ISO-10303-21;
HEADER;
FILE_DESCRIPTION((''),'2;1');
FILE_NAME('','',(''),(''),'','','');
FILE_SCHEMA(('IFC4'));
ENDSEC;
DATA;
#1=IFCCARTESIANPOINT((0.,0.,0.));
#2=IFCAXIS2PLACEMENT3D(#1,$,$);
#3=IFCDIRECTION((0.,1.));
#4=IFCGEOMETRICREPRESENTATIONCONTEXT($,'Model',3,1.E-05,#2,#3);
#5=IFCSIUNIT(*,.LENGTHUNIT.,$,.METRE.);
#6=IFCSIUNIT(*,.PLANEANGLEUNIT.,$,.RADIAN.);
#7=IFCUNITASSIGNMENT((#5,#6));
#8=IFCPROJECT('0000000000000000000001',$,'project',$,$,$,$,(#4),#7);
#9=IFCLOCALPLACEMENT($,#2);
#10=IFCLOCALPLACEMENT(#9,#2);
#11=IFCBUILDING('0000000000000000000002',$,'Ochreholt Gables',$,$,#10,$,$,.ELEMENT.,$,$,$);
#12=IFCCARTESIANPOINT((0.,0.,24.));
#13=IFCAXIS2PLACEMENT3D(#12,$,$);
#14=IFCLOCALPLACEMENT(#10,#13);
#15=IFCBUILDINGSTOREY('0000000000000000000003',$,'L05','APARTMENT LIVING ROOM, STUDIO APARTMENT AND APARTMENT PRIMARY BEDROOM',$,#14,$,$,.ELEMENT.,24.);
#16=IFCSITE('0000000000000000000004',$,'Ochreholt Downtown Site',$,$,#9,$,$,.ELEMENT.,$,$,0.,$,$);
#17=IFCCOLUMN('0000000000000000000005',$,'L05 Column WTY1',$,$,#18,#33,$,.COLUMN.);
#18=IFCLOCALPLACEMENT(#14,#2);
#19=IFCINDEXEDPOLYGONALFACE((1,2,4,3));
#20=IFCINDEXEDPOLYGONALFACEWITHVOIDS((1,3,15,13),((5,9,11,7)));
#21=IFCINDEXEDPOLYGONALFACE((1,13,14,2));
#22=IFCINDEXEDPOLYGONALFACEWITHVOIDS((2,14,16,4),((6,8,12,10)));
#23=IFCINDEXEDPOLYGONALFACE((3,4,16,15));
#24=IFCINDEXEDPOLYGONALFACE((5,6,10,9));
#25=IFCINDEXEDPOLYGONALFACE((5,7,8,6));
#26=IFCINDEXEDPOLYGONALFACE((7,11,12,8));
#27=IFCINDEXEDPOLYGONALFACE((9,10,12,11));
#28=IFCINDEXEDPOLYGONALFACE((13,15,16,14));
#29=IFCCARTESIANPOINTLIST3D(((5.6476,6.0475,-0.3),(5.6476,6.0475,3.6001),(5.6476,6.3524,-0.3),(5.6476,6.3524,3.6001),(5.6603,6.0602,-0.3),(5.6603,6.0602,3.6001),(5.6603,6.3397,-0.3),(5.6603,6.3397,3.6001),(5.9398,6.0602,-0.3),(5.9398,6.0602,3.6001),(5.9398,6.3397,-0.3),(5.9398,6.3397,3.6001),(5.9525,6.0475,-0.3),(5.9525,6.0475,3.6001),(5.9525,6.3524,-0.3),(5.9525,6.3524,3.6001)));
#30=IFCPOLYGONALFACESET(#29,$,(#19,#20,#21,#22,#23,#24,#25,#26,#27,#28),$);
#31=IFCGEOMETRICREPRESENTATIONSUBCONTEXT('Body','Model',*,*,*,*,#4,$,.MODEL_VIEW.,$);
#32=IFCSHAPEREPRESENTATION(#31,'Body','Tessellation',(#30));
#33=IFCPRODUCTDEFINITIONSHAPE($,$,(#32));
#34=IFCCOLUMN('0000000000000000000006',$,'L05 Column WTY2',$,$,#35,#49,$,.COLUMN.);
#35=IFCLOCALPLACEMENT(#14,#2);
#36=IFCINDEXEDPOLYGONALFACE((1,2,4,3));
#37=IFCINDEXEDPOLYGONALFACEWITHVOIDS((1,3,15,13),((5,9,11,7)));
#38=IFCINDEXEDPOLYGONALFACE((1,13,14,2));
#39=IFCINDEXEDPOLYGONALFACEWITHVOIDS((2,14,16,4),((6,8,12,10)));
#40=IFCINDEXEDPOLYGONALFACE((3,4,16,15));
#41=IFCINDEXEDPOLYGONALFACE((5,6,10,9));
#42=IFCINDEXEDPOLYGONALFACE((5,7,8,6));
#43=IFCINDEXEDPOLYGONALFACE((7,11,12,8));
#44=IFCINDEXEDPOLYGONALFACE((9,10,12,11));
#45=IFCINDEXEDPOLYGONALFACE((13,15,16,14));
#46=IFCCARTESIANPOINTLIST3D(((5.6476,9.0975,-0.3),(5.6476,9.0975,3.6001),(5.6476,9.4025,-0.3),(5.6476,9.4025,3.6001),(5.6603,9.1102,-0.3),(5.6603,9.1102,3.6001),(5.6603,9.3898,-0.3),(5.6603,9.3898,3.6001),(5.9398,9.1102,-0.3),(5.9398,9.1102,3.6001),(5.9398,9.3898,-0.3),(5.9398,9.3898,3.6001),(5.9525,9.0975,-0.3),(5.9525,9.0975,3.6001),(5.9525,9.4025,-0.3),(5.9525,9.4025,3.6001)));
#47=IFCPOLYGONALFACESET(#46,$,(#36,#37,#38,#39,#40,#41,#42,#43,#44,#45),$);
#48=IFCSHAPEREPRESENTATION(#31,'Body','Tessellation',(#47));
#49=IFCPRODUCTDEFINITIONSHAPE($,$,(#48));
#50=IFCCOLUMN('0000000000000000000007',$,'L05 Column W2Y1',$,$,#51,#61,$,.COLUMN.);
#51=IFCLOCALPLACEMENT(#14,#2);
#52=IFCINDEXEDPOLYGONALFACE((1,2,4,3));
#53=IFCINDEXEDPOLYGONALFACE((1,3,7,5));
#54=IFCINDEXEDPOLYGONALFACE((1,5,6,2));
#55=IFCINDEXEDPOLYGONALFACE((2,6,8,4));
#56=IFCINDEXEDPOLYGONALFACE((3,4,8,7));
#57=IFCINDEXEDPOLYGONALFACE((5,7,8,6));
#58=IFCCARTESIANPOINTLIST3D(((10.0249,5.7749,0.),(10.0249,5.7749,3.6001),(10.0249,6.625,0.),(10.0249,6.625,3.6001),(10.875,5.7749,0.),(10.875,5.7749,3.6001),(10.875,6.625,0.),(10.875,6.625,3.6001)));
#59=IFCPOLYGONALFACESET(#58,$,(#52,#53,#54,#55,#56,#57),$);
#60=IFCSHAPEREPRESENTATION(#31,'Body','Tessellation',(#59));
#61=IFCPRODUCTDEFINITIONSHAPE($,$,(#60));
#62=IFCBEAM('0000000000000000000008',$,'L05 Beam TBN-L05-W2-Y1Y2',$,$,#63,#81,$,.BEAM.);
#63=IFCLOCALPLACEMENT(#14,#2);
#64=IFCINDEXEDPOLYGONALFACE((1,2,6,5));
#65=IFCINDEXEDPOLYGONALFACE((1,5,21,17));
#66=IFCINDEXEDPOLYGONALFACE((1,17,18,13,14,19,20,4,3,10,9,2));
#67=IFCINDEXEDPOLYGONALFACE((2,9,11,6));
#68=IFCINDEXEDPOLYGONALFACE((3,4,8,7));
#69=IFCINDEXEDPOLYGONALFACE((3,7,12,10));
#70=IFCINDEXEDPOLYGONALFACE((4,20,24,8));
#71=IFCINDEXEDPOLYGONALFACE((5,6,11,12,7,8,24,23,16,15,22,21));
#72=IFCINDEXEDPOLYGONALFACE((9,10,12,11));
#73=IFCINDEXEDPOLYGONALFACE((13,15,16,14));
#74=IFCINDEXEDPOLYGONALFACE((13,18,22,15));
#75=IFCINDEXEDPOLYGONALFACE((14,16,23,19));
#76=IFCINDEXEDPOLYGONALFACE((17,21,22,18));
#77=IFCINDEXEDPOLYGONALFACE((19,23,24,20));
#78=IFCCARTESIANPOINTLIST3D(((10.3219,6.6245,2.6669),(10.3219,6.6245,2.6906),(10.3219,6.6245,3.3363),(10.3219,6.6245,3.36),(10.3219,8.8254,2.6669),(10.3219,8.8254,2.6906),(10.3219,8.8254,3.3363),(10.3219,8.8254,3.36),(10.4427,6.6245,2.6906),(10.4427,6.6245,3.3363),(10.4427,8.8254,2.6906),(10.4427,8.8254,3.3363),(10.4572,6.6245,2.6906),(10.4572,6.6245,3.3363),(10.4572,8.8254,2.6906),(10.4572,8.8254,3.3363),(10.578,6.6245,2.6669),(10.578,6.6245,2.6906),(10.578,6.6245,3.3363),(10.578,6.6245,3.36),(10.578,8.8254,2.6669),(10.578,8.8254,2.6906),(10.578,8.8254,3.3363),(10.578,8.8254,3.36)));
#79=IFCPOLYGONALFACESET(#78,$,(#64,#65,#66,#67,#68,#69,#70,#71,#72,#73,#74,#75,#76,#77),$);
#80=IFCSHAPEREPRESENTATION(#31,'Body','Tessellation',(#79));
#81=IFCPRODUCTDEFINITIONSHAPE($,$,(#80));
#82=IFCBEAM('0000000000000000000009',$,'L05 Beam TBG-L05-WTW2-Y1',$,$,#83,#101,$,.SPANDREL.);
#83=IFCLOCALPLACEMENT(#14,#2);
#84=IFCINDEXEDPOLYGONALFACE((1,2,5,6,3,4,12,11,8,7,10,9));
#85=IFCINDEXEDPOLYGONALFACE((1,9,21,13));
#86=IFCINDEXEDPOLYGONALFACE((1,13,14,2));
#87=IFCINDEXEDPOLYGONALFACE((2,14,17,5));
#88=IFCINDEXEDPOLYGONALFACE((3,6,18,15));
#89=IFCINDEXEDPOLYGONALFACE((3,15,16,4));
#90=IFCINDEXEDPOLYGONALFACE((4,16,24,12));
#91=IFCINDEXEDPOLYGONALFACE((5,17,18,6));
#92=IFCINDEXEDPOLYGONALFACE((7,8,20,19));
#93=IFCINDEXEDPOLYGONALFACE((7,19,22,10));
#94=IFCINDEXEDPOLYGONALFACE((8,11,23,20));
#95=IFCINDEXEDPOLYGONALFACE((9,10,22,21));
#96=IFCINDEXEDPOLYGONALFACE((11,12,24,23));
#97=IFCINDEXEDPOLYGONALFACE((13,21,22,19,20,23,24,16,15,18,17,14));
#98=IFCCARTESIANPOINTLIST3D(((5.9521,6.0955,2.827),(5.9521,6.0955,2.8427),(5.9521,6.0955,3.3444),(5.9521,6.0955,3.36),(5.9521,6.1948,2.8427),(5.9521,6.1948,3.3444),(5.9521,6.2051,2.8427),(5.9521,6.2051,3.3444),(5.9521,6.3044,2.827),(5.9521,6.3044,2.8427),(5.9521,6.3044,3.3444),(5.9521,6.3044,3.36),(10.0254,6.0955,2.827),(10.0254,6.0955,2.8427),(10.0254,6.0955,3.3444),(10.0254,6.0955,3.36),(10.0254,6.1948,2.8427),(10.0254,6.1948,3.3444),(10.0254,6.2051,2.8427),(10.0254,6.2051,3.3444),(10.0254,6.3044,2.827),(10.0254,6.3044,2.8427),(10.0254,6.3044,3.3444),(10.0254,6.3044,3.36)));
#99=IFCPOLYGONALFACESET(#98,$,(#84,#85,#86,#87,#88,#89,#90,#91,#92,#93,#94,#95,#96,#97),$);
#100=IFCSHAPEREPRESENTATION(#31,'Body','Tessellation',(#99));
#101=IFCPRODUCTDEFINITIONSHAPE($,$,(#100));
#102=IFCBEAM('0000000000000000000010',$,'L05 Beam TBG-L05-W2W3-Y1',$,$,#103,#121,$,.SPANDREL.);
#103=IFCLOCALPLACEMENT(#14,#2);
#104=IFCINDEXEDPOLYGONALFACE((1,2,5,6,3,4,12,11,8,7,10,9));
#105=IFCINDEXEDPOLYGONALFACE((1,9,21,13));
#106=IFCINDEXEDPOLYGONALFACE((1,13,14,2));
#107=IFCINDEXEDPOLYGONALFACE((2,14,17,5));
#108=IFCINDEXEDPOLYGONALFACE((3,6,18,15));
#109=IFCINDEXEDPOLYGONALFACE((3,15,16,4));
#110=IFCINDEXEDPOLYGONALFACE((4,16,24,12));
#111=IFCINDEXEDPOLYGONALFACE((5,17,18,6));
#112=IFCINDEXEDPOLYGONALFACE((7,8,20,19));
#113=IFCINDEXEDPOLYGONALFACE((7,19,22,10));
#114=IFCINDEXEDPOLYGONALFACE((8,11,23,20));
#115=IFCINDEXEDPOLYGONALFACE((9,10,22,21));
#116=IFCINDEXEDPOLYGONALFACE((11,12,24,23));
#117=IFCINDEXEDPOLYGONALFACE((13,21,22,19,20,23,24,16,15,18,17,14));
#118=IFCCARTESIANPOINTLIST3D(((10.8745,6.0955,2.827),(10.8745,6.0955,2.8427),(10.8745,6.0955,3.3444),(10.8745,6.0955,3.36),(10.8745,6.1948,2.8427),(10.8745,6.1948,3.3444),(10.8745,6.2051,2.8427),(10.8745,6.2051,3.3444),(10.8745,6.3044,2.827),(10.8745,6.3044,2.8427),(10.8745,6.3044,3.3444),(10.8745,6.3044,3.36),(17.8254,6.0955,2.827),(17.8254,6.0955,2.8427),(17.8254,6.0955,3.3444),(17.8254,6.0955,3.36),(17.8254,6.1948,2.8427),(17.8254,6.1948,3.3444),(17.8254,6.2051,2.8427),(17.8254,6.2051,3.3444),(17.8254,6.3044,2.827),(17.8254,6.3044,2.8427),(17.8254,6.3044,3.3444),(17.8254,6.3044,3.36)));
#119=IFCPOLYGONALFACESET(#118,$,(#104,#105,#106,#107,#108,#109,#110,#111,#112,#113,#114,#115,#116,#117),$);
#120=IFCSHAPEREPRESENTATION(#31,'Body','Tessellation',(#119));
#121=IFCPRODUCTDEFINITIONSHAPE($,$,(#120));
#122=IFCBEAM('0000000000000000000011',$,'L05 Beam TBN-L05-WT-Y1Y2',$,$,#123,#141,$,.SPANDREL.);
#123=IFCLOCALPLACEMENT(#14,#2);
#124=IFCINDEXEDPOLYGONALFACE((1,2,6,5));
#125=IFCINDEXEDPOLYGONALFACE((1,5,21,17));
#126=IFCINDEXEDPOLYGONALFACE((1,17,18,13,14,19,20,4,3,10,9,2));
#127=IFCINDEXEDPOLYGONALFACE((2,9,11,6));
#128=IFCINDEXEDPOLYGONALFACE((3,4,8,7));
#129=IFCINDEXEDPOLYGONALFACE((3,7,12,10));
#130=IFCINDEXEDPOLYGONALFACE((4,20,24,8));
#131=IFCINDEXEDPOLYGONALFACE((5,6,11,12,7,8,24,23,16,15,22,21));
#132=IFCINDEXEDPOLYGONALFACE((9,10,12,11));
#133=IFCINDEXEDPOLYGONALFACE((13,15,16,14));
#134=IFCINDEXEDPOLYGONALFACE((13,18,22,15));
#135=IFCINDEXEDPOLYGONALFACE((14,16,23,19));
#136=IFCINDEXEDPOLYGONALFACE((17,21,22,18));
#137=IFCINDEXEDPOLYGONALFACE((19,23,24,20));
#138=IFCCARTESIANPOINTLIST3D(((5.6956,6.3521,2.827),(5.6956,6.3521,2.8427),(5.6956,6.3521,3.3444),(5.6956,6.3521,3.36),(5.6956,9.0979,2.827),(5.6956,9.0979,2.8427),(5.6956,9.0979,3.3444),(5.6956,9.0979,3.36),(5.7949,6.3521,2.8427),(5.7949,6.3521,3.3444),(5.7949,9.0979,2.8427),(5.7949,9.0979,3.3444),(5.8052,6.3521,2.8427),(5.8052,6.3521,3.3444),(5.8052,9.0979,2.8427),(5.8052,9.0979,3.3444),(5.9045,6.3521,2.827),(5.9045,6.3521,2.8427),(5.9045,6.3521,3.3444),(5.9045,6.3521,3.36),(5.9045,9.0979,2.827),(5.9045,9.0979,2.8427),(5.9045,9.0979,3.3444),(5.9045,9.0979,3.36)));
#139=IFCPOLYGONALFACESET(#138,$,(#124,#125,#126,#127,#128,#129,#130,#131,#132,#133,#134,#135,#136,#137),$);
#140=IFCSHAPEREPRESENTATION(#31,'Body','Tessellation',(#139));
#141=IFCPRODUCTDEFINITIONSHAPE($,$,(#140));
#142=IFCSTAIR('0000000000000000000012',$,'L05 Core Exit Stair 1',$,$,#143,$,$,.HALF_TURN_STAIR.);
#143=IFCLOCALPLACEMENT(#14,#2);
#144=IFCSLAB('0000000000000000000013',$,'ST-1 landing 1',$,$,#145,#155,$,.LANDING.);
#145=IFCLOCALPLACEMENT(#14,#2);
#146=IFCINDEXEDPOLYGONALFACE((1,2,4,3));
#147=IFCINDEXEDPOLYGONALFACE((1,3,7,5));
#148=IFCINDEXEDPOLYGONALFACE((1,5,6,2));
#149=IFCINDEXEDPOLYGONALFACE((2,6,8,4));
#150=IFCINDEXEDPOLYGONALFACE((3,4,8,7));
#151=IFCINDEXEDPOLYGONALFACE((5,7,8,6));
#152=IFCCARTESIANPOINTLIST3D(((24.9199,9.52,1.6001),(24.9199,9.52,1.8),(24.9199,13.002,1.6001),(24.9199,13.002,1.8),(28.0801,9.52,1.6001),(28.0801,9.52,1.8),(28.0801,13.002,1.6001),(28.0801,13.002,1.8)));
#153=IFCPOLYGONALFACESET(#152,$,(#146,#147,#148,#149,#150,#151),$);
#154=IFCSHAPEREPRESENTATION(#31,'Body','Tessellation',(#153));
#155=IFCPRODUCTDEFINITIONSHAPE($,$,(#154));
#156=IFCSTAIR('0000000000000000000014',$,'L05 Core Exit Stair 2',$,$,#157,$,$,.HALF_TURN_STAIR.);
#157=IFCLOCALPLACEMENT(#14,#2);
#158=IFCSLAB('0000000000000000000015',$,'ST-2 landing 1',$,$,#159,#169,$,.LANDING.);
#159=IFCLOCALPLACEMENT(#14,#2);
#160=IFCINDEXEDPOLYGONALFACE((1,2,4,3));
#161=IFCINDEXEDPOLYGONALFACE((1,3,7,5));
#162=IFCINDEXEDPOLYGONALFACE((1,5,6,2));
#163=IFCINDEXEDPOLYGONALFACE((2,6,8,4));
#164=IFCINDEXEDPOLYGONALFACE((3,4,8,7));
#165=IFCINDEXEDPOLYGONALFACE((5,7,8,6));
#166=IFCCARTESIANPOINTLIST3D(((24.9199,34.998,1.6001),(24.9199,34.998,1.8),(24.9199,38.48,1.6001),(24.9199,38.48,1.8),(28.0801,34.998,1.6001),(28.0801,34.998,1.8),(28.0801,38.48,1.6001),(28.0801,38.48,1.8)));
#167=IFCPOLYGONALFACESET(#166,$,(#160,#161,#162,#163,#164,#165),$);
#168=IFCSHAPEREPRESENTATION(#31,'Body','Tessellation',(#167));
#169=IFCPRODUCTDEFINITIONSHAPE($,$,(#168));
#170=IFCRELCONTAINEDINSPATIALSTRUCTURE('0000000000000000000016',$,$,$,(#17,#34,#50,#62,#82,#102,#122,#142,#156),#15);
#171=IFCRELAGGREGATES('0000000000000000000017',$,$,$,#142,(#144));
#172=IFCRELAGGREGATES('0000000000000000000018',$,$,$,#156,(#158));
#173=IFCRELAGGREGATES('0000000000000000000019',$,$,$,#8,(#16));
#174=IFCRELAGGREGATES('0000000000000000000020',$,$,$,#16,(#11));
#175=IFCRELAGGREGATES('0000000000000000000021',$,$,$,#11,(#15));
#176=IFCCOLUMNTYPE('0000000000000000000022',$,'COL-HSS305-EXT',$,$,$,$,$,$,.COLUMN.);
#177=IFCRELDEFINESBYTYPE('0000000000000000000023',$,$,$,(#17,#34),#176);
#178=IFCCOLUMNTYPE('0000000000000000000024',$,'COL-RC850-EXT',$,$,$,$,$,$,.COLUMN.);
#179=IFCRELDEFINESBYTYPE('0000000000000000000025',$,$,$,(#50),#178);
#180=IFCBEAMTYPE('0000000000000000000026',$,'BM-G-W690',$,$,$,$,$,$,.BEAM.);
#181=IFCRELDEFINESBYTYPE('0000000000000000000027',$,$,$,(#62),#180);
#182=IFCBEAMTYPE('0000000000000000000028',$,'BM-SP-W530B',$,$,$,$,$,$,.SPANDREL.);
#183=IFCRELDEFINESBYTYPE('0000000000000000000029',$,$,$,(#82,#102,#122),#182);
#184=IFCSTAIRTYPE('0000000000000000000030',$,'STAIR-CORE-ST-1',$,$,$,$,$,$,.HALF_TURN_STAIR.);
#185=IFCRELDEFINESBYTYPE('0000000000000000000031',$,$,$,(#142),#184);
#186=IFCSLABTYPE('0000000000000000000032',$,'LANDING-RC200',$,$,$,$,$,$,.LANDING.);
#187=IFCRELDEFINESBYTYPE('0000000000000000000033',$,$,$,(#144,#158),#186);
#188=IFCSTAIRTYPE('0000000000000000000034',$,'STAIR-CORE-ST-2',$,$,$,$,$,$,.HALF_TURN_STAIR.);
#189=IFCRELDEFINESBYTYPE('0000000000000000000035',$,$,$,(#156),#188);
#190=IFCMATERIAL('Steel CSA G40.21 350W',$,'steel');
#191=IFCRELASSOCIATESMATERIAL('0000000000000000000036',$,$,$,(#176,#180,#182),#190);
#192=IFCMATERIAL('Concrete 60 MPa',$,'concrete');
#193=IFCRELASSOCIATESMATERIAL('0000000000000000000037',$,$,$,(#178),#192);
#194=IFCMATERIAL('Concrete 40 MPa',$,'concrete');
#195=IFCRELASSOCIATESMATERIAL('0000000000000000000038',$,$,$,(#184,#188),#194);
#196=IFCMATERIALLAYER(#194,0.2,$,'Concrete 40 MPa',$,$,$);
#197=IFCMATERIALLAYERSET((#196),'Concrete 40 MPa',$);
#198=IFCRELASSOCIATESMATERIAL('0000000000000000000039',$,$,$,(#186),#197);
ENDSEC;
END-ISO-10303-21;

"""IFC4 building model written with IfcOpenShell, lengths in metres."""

from ifc_helpers import new_model, si_unit, direction, frame, origin, origin_2d, place, context, subcontext, project, spatial, polyline, rectangle, hollow_rectangle, i_section, outline, extrude, material, layer, layer_set, material_profile, profile_set, type_object, element, aggregate, save


model = new_model("IFC4")

# Units and contexts
model_context = context("Model", 3, precision=1e-05, world=origin(), true_north=direction((0.0, 1.0)))
body_context = subcontext(model_context, "Body", "Model", "MODEL_VIEW")
ifc_project = project(units=[si_unit("LENGTHUNIT", "METRE"), si_unit("PLANEANGLEUNIT", "RADIAN")], contexts=[model_context])

# Site, building, storey
site_placement = place(None, origin())
site = spatial("IfcSite", under=ifc_project, at=site_placement, Name="Ochreholt Downtown Site", CompositionType="ELEMENT", RefElevation=0.0)
building_placement = place(site_placement, origin())
building = spatial("IfcBuilding", under=site, at=building_placement, Name="Ochreholt Gables", CompositionType="ELEMENT")
storey_placement = place(building_placement, frame((0.0, 0.0, 24.0)))
storey = spatial("IfcBuildingStorey", under=building, at=storey_placement, Name="L05", Description="APARTMENT LIVING ROOM, STUDIO APARTMENT AND APARTMENT PRIMARY BEDROOM", CompositionType="ELEMENT", Elevation=24.0)

# Columns
ifc_material_1 = material(Name="Steel CSA G40.21 350W", Category="steel")
ifc_material_profile_1 = material_profile(ifc_material_1, hollow_rectangle(XDim=0.3049, YDim=0.3049, WallThickness=0.0127, at=origin_2d()), Name="HSS305X305X13")
ifc_profile_set_1 = profile_set([ifc_material_profile_1], Name="Steel CSA G40.21 350W")
column_type_1 = type_object("IfcColumnType", Name="COL-HSS305-EXT", PredefinedType="COLUMN", material=ifc_profile_set_1)
for number, where, z_axis, x_axis, name in (
    (1, (5.8, 6.2, -0.3), (0.0, 0.0, 1.0), (1.0, 0.0, 0.0), "L05 Column WTY1"),
    (2, (5.8, 9.25, -0.3), (0.0, 0.0, 1.0), (1.0, 0.0, 0.0), "L05 Column WTY2"),
):
    element("IfcColumn", number, at=place(storey_placement, frame(where, z_axis=z_axis, x_axis=x_axis)), inside=storey, type_object=column_type_1, Name=name, PredefinedType="COLUMN", context=body_context, shape_type="SweptSolid", body=[
        extrude(hollow_rectangle(XDim=0.3049, YDim=0.3049, WallThickness=0.0127, at=origin_2d()), origin(), (0.0, 0.0, 1.0), 3.9001),
    ])
ifc_material_2 = material(Name="Concrete 60 MPa", Category="concrete")
ifc_material_profile_2 = material_profile(ifc_material_2, rectangle(XDim=0.8501, YDim=0.8501, at=origin_2d()), Name="RC850X850")
ifc_profile_set_2 = profile_set([ifc_material_profile_2], Name="Concrete 60 MPa")
column_type_2 = type_object("IfcColumnType", Name="COL-RC850-EXT", PredefinedType="COLUMN", material=ifc_profile_set_2)
column_placement = place(storey_placement, frame((10.45, 6.2, 0.0), z_axis=(0.0, 0.0, 1.0), x_axis=(1.0, 0.0, 0.0)))
element("IfcColumn", 3, at=column_placement, inside=storey, type_object=column_type_2, Name="L05 Column W2Y1", PredefinedType="COLUMN", context=body_context, shape_type="SweptSolid", body=[
    extrude(rectangle(XDim=0.8501, YDim=0.8501, at=origin_2d()), origin(), (0.0, 0.0, 1.0), 3.6001),
])

# Beams
ifc_material_profile_3 = material_profile(ifc_material_1, i_section(OverallWidth=0.2561, OverallDepth=0.6931, WebThickness=0.0144, FlangeThickness=0.0237, at=origin_2d()), Name="W690X170")
ifc_profile_set_3 = profile_set([ifc_material_profile_3], Name="Steel CSA G40.21 350W")
beam_type_1 = type_object("IfcBeamType", Name="BM-G-W690", PredefinedType="BEAM", material=ifc_profile_set_3)
beam_1_placement = place(storey_placement, frame((10.45, 6.6245, 3.0134), z_axis=(0.0, 1.0, 0.0), x_axis=(-1.0, 0.0, 0.0)))
element("IfcBeam", 4, at=beam_1_placement, inside=storey, type_object=beam_type_1, Name="L05 Beam TBN-L05-W2-Y1Y2", PredefinedType="BEAM", context=body_context, shape_type="SweptSolid", body=[
    extrude(i_section(OverallWidth=0.2561, OverallDepth=0.6931, WebThickness=0.0144, FlangeThickness=0.0237, at=origin_2d()), origin(), (0.0, 0.0, 1.0), 2.2009),
])
ifc_material_profile_4 = material_profile(ifc_material_1, i_section(OverallWidth=0.209, OverallDepth=0.533, WebThickness=0.0103, FlangeThickness=0.0156, at=origin_2d()), Name="W530X92")
ifc_profile_set_4 = profile_set([ifc_material_profile_4], Name="Steel CSA G40.21 350W")
beam_type_2 = type_object("IfcBeamType", Name="BM-SP-W530B", PredefinedType="SPANDREL", material=ifc_profile_set_4)
beam_2_placement = place(storey_placement, frame((5.9521, 6.2, 3.0935), z_axis=(1.0, 0.0, 0.0), x_axis=(0.0, 1.0, 0.0)))
element("IfcBeam", 5, at=beam_2_placement, inside=storey, type_object=beam_type_2, Name="L05 Beam TBG-L05-WTW2-Y1", PredefinedType="SPANDREL", context=body_context, shape_type="SweptSolid", body=[
    extrude(i_section(OverallWidth=0.209, OverallDepth=0.533, WebThickness=0.0103, FlangeThickness=0.0156, at=origin_2d()), origin(), (0.0, 0.0, 1.0), 4.0732),
])
beam_3_placement = place(storey_placement, frame((10.8745, 6.2, 3.0935), z_axis=(1.0, 0.0, 0.0), x_axis=(0.0, 1.0, 0.0)))
element("IfcBeam", 6, at=beam_3_placement, inside=storey, type_object=beam_type_2, Name="L05 Beam TBG-L05-W2W3-Y1", PredefinedType="SPANDREL", context=body_context, shape_type="SweptSolid", body=[
    extrude(i_section(OverallWidth=0.209, OverallDepth=0.533, WebThickness=0.0103, FlangeThickness=0.0156, at=origin_2d()), origin(), (0.0, 0.0, 1.0), 6.9509),
])
beam_4_placement = place(storey_placement, frame((5.8, 6.3521, 3.0935), z_axis=(0.0, 1.0, 0.0), x_axis=(-1.0, 0.0, 0.0)))
element("IfcBeam", 7, at=beam_4_placement, inside=storey, type_object=beam_type_2, Name="L05 Beam TBN-L05-WT-Y1Y2", PredefinedType="SPANDREL", context=body_context, shape_type="SweptSolid", body=[
    extrude(i_section(OverallWidth=0.209, OverallDepth=0.533, WebThickness=0.0103, FlangeThickness=0.0156, at=origin_2d()), origin(), (0.0, 0.0, 1.0), 2.7458),
])

# Stairs, slabs
ifc_material_3 = material(Name="Concrete 40 MPa", Category="concrete")
stair_type_1 = type_object("IfcStairType", Name="STAIR-CORE-ST-1", PredefinedType="HALF_TURN_STAIR", material=ifc_material_3)
stair_1_placement = place(storey_placement, origin())
stair_1 = element("IfcStair", 8, at=stair_1_placement, inside=storey, type_object=stair_type_1, Name="L05 Core Exit Stair 1", PredefinedType="HALF_TURN_STAIR")
ifc_layer_1 = layer(ifc_material_3, 0.2, Name="Concrete 40 MPa")
ifc_layer_set_1 = layer_set([ifc_layer_1], Name="Concrete 40 MPa")
slab_type_1 = type_object("IfcSlabType", Name="LANDING-RC200", PredefinedType="LANDING", material=ifc_layer_set_1)
slab_1_placement = place(storey_placement, frame((0.0, 0.0, 1.6001)))
slab_1 = element("IfcSlab", 9, at=slab_1_placement, type_object=slab_type_1, Name="ST-1 landing 1", PredefinedType="LANDING", context=body_context, shape_type="SweptSolid", body=[
    extrude(outline(polyline([(24.9199, 13.002), (24.9199, 9.52), (28.0801, 9.52), (28.0801, 13.002), (24.9199, 13.002)])), origin(), (0.0, 0.0, 1.0), 0.2),
])
aggregate(stair_1, [slab_1])
stair_type_2 = type_object("IfcStairType", Name="STAIR-CORE-ST-2", PredefinedType="HALF_TURN_STAIR", material=ifc_material_3)
stair_2_placement = place(storey_placement, origin())
stair_2 = element("IfcStair", 10, at=stair_2_placement, inside=storey, type_object=stair_type_2, Name="L05 Core Exit Stair 2", PredefinedType="HALF_TURN_STAIR")
slab_2_placement = place(storey_placement, frame((0.0, 0.0, 1.6001)))
slab_2 = element("IfcSlab", 11, at=slab_2_placement, type_object=slab_type_1, Name="ST-2 landing 1", PredefinedType="LANDING", context=body_context, shape_type="SweptSolid", body=[
    extrude(outline(polyline([(28.0801, 34.998), (28.0801, 38.48), (24.9199, 38.48), (24.9199, 34.998), (28.0801, 34.998)])), origin(), (0.0, 0.0, 1.0), 0.2),
])
aggregate(stair_2, [slab_2])

save(model, "model.ifc")
